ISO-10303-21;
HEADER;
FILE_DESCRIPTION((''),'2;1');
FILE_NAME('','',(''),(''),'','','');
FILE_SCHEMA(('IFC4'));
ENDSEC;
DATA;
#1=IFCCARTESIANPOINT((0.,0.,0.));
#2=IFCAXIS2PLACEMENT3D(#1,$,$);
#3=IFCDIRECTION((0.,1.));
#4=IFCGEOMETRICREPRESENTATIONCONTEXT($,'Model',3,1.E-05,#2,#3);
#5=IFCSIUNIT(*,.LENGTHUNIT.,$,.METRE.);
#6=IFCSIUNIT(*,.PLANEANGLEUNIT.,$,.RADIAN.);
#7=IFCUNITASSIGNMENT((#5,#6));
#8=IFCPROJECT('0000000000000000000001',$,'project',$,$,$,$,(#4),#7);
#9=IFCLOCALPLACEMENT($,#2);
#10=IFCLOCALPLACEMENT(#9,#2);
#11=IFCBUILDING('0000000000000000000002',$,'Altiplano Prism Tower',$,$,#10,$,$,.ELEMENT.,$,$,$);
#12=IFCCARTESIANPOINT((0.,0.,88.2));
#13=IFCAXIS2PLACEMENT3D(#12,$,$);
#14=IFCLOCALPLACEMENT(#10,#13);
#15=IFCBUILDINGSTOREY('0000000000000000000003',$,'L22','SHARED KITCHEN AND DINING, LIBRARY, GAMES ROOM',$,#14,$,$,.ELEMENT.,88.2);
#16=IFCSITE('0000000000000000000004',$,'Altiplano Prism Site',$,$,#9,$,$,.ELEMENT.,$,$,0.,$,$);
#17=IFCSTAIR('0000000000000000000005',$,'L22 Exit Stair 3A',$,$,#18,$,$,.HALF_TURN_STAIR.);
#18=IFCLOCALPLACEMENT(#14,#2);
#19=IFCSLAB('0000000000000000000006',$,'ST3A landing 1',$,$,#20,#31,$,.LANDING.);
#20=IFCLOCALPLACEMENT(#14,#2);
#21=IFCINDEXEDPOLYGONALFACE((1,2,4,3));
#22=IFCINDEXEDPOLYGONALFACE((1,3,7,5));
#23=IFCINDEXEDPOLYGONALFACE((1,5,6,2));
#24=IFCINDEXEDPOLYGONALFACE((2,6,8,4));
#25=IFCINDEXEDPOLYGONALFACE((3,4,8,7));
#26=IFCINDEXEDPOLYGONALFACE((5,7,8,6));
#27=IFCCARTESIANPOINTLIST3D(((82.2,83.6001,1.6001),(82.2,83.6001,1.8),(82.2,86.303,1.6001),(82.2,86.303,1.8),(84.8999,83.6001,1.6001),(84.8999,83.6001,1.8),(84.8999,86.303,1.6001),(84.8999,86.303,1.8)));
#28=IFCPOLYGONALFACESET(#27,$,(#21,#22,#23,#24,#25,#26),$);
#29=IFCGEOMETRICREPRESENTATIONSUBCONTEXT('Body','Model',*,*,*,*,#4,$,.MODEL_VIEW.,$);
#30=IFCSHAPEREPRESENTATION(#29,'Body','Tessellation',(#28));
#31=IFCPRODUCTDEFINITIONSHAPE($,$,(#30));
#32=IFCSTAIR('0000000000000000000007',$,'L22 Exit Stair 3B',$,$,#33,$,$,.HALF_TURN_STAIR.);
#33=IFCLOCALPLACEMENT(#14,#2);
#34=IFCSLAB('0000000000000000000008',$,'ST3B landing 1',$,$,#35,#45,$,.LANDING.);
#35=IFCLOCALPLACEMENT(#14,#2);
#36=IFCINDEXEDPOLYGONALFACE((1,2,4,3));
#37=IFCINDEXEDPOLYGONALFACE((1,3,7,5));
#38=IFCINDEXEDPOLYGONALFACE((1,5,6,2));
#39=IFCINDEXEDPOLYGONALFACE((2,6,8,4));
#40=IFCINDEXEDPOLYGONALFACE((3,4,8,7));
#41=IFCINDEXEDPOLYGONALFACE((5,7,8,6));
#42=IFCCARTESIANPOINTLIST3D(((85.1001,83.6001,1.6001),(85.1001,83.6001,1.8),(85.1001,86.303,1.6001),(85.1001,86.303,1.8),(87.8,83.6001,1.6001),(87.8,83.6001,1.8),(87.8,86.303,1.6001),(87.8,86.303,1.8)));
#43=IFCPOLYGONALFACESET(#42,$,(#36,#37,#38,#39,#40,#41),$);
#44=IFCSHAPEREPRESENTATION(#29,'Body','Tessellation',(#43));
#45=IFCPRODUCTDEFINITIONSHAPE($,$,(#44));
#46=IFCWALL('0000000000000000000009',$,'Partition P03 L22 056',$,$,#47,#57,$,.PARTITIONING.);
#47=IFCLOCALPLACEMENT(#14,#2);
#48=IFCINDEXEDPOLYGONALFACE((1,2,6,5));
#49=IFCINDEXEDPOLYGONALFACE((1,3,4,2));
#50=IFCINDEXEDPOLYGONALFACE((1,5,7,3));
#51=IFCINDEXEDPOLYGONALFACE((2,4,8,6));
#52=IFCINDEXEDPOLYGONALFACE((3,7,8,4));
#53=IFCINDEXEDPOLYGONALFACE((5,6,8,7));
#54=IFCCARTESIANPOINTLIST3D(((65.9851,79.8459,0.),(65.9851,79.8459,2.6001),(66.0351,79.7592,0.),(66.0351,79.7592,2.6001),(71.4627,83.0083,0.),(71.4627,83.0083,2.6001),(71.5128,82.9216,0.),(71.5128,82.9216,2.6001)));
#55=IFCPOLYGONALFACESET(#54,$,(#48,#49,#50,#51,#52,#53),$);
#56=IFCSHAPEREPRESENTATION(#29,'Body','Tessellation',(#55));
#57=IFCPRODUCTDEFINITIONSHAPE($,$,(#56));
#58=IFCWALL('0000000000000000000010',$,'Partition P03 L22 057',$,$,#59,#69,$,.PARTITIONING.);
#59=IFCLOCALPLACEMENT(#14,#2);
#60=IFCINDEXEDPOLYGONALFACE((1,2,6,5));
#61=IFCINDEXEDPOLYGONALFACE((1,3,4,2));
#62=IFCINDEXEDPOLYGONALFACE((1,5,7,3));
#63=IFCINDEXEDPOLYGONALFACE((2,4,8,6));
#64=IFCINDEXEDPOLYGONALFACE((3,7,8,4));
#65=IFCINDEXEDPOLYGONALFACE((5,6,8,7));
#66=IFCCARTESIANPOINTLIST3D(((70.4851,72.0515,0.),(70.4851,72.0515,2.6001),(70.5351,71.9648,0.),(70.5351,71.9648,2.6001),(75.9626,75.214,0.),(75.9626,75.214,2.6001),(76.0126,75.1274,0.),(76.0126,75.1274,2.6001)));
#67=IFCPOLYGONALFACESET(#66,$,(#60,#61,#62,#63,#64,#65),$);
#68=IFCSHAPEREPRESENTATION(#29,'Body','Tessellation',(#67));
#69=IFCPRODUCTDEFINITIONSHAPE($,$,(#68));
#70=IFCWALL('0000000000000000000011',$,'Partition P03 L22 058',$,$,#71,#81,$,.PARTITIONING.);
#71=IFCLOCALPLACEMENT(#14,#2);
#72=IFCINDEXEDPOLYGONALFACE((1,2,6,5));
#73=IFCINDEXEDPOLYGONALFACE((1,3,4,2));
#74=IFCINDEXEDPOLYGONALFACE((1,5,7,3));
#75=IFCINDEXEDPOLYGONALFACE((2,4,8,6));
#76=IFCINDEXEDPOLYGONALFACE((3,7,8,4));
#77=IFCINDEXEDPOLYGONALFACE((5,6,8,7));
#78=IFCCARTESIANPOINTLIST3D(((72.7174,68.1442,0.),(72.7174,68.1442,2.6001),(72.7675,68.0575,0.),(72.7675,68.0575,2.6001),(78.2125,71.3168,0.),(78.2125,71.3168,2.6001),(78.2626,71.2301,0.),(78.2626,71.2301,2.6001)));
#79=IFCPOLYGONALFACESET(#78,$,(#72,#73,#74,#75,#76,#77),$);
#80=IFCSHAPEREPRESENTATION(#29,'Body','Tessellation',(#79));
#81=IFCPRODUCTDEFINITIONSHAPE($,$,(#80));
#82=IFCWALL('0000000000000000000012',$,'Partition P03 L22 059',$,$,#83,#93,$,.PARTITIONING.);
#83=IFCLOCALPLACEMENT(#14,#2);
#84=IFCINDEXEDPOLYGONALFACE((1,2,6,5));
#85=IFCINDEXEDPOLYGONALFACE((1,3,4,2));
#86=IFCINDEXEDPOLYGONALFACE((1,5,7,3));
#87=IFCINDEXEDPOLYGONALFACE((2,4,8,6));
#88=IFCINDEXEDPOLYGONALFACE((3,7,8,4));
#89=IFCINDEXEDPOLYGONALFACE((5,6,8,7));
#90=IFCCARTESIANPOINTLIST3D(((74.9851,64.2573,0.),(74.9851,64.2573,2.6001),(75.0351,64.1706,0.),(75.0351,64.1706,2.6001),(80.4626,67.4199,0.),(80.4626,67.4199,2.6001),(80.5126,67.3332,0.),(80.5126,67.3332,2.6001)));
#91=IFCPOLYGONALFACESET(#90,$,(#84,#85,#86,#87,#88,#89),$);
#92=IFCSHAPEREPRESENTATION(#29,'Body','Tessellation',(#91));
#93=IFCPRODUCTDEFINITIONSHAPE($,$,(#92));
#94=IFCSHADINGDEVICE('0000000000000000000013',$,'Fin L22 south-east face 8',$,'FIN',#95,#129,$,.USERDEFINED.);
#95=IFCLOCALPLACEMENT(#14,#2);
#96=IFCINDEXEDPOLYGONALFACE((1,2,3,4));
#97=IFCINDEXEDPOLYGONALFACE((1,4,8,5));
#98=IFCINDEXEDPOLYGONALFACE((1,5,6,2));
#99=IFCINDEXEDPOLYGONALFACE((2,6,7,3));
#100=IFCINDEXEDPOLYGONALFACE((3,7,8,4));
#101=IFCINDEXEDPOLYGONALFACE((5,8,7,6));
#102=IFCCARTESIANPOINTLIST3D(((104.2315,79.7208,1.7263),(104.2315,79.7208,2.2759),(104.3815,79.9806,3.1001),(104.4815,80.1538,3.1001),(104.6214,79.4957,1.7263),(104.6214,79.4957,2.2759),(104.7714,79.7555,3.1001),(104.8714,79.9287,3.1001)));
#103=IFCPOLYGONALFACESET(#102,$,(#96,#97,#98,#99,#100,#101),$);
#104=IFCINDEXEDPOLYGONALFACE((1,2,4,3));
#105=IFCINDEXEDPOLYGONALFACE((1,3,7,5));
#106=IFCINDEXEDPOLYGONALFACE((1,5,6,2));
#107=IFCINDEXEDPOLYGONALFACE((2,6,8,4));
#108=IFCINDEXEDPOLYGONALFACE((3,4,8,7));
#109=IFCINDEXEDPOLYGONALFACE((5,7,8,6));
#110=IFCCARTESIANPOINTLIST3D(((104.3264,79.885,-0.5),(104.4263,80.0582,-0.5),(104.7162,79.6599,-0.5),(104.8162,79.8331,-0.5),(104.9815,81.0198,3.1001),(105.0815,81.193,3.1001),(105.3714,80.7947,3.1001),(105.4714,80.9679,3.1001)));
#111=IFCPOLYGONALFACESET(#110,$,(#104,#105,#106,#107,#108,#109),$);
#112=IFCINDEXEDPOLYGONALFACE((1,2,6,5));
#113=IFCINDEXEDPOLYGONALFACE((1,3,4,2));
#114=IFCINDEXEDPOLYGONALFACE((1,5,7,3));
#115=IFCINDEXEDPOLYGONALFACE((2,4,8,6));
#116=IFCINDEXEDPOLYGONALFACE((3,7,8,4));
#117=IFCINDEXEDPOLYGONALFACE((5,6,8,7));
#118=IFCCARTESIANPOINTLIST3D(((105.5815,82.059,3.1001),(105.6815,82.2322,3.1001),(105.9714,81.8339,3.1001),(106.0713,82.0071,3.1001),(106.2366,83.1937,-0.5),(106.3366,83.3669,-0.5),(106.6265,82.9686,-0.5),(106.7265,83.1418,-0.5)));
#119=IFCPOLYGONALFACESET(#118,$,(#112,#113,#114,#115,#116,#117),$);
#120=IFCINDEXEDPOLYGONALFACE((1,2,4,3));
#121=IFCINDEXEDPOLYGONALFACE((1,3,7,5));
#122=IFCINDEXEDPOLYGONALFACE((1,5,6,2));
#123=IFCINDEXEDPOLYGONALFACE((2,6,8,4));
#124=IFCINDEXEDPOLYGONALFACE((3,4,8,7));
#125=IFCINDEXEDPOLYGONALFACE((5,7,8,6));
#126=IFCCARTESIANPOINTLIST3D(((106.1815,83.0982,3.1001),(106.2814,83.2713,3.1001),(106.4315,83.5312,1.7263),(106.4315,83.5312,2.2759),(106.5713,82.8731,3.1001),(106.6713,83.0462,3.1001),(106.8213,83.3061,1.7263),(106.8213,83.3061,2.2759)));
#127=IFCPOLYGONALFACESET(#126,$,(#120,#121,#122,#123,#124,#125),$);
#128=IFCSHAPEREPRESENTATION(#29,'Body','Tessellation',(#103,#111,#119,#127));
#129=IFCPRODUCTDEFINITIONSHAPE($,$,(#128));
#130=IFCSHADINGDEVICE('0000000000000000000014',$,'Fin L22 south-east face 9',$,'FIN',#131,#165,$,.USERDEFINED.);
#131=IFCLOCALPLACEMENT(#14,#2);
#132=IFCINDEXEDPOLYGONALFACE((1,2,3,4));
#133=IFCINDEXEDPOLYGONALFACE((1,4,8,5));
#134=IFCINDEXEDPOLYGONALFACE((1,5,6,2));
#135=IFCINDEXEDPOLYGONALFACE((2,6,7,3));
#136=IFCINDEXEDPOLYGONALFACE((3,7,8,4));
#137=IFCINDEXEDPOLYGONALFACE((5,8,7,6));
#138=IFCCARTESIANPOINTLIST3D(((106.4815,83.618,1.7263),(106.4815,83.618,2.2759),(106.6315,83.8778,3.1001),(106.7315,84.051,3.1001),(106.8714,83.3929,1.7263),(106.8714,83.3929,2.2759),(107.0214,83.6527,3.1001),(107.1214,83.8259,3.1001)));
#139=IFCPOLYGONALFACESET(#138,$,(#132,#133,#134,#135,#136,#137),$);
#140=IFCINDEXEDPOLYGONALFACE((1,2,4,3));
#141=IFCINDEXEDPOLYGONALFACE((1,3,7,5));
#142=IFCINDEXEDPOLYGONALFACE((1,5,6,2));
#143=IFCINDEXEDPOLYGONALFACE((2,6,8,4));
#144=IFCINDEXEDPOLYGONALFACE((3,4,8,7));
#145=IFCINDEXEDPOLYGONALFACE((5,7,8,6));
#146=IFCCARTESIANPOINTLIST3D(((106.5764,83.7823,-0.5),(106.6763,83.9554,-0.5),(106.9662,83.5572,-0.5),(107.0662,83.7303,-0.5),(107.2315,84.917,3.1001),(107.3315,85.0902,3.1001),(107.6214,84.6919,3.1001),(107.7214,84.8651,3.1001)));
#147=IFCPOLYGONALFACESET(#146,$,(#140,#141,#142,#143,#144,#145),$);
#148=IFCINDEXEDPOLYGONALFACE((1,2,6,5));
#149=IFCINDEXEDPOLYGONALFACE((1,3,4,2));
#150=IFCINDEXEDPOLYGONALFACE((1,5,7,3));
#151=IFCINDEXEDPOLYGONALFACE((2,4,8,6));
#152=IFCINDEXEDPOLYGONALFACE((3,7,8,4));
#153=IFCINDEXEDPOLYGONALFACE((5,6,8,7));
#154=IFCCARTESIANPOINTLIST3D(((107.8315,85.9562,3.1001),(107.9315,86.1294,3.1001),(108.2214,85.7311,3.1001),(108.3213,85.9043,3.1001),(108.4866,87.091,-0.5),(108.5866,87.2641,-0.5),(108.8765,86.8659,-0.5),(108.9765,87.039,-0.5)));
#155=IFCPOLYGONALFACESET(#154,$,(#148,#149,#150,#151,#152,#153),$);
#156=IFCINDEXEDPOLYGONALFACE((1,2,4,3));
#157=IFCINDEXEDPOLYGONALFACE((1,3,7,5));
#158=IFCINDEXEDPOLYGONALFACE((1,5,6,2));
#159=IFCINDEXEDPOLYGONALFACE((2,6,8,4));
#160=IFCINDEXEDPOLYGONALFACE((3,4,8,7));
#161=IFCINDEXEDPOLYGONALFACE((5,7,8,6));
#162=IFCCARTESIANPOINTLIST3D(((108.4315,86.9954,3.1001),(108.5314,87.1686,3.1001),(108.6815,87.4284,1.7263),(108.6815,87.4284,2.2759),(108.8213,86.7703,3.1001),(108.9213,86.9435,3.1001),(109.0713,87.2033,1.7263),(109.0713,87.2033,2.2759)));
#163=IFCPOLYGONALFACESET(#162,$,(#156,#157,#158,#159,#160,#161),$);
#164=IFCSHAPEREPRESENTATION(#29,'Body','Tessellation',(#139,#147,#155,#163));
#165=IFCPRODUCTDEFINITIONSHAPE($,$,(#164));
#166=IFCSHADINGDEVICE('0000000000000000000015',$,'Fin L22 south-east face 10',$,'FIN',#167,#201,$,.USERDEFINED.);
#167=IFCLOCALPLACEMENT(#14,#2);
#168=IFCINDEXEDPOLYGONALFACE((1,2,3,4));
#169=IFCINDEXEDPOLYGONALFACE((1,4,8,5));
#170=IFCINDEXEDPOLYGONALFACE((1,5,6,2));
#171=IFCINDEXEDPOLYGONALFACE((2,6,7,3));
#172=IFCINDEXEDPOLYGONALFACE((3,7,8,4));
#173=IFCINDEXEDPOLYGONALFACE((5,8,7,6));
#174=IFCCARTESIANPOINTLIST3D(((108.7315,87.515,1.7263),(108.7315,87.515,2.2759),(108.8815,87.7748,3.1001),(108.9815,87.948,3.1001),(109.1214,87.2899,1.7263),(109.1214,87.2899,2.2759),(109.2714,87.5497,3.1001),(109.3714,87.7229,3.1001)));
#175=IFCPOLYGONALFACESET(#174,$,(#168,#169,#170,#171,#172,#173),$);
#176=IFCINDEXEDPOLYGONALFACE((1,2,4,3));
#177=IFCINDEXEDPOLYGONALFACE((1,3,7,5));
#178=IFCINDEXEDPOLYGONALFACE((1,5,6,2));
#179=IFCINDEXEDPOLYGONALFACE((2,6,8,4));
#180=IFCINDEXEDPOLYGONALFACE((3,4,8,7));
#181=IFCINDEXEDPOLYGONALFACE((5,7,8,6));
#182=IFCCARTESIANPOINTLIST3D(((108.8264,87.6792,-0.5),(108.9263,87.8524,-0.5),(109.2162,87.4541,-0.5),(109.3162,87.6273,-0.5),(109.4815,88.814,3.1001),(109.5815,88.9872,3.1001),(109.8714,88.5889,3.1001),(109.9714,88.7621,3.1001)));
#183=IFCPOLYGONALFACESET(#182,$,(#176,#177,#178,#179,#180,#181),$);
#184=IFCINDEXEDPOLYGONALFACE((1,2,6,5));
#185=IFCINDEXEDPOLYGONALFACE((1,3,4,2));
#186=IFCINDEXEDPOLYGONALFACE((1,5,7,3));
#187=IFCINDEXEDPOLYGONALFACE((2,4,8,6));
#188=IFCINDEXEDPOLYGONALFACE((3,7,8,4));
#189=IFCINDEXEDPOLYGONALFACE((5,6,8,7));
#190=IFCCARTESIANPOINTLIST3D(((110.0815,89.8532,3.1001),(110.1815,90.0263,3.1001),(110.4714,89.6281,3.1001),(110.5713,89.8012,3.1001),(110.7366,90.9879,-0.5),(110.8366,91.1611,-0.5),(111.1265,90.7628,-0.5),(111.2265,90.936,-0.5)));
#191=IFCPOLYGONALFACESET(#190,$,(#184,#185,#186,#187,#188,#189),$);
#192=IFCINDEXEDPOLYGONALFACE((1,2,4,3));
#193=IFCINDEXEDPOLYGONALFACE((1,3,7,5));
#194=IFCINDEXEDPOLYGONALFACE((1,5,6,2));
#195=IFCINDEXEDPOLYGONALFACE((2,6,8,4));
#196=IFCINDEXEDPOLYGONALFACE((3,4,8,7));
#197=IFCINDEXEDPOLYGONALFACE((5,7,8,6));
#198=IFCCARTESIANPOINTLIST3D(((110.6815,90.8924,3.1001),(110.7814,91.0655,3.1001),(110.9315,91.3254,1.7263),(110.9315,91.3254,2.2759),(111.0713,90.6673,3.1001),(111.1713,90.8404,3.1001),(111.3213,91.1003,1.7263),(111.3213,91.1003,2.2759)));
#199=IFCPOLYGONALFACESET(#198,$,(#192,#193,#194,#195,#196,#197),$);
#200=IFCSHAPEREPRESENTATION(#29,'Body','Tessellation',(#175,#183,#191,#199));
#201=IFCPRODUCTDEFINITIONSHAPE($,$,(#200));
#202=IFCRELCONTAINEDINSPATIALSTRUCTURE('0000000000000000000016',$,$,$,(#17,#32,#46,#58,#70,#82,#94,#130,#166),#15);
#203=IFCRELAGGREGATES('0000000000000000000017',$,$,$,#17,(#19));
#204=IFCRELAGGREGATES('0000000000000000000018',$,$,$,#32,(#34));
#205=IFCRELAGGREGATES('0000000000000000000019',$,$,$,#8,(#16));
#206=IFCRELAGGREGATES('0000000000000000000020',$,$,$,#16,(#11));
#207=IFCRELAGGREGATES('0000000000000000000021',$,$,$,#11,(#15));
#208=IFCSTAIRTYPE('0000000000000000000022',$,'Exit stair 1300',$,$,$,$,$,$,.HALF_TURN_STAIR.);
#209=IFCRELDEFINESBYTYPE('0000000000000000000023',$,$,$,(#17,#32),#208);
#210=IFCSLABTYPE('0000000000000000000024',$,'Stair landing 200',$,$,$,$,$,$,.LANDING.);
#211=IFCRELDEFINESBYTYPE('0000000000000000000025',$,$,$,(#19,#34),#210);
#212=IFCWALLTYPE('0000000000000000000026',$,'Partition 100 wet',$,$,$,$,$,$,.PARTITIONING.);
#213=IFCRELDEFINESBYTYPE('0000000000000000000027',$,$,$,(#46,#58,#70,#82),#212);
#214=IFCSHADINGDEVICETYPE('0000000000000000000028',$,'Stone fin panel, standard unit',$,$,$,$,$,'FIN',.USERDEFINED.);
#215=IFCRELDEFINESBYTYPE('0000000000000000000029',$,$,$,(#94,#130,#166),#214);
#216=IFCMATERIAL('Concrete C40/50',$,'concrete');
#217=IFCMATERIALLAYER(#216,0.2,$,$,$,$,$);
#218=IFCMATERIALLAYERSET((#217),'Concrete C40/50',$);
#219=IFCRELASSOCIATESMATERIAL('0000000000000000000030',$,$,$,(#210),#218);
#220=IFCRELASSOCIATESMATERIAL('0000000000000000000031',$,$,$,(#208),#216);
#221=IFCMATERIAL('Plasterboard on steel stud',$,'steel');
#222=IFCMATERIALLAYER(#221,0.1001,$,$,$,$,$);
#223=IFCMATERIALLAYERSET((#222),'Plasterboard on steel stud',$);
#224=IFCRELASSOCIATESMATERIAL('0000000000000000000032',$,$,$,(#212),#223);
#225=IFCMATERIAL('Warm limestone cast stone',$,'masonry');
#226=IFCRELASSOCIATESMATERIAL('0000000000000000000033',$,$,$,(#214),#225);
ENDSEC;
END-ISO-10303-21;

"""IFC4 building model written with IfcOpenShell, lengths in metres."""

from ifc_helpers import new_model, si_unit, direction, frame, frame_2d, origin, place, context, subcontext, project, spatial, polyline, rectangle, outline, extrude, source, transform, mapped, material, layer, layer_set, type_object, element, aggregate, save


model = new_model("IFC4")

# Units and contexts
model_context = context("Model", 3, precision=1e-05, world=origin(), true_north=direction((0.0, 1.0)))
body_context = subcontext(model_context, "Body", "Model", "MODEL_VIEW")
ifc_project = project(units=[si_unit("LENGTHUNIT", "METRE"), si_unit("PLANEANGLEUNIT", "RADIAN")], contexts=[model_context])

# Site, building, storey
site_placement = place(None, origin())
site = spatial("IfcSite", under=ifc_project, at=site_placement, Name="Altiplano Prism Site", CompositionType="ELEMENT", RefElevation=0.0)
building_placement = place(site_placement, origin())
building = spatial("IfcBuilding", under=site, at=building_placement, Name="Altiplano Prism Tower", CompositionType="ELEMENT")
storey_placement = place(building_placement, frame((0.0, 0.0, 88.2)))
storey = spatial("IfcBuildingStorey", under=building, at=storey_placement, Name="L22", Description="SHARED KITCHEN AND DINING, LIBRARY, GAMES ROOM", CompositionType="ELEMENT", Elevation=88.2)

# Shared definitions
ifc_material_1 = material(Name="Concrete C40/50", Category="concrete")

# Stairs, slabs
ifc_layer_1 = layer(ifc_material_1, 0.2)
ifc_layer_set_1 = layer_set([ifc_layer_1], Name="Concrete C40/50")
slab_type_1 = type_object("IfcSlabType", Name="Stair landing 200", PredefinedType="LANDING", material=ifc_layer_set_1)
stair_type_1 = type_object("IfcStairType", Name="Exit stair 1300", PredefinedType="HALF_TURN_STAIR", material=ifc_material_1)
stair_1_placement = place(storey_placement, origin())
stair_1 = element("IfcStair", 1, at=stair_1_placement, inside=storey, type_object=stair_type_1, Name="L22 Exit Stair 3A", PredefinedType="HALF_TURN_STAIR")
slab_1_placement = place(storey_placement, frame((0.0, 0.0, 1.6001)))
slab_1 = element("IfcSlab", 2, at=slab_1_placement, type_object=slab_type_1, Name="ST3A landing 1", PredefinedType="LANDING", context=body_context, shape_type="SweptSolid", body=[
    extrude(outline(polyline([(82.2, 86.303), (82.2, 83.6001), (84.8999, 83.6001), (84.8999, 86.303), (82.2, 86.303)])), origin(), (0.0, 0.0, 1.0), 0.2),
])
aggregate(stair_1, [slab_1])
stair_2_placement = place(storey_placement, origin())
stair_2 = element("IfcStair", 3, at=stair_2_placement, inside=storey, type_object=stair_type_1, Name="L22 Exit Stair 3B", PredefinedType="HALF_TURN_STAIR")
slab_2_placement = place(storey_placement, frame((0.0, 0.0, 1.6001)))
slab_2 = element("IfcSlab", 4, at=slab_2_placement, type_object=slab_type_1, Name="ST3B landing 1", PredefinedType="LANDING", context=body_context, shape_type="SweptSolid", body=[
    extrude(outline(polyline([(85.1001, 86.303), (85.1001, 83.6001), (87.8, 83.6001), (87.8, 86.303), (85.1001, 86.303)])), origin(), (0.0, 0.0, 1.0), 0.2),
])
aggregate(stair_2, [slab_2])

# Walls
ifc_material_2 = material(Name="Plasterboard on steel stud", Category="steel")
ifc_layer_2 = layer(ifc_material_2, 0.1001)
ifc_layer_set_2 = layer_set([ifc_layer_2], Name="Plasterboard on steel stud")
wall_type = type_object("IfcWallType", Name="Partition 100 wet", PredefinedType="PARTITIONING", material=ifc_layer_set_2)
for number, where, z_axis, x_axis, name in (
    (5, (66.01, 79.8025, 0.0), (0.0, 0.0, 1.0), (0.866033, 0.499988, 0.0), "Partition P03 L22 056"),
    (6, (70.51, 72.0081, 0.0), (0.0, 0.0, 1.0), (0.866016, 0.500016, 0.0), "Partition P03 L22 057"),
):
    element("IfcWall", number, at=place(storey_placement, frame(where, z_axis=z_axis, x_axis=x_axis)), inside=storey, type_object=wall_type, Name=name, PredefinedType="PARTITIONING", context=body_context, shape_type="SweptSolid", body=[
        extrude(rectangle(XDim=6.325, YDim=0.1001, at=frame_2d((3.1626, 0.0))), origin(), (0.0, 0.0, 1.0), 2.6001),
    ])
wall_1_placement = place(storey_placement, frame((72.7424, 68.1008, 0.0), z_axis=(0.0, 0.0, 1.0), x_axis=(0.866025, 0.5, 0.0)))
element("IfcWall", 7, at=wall_1_placement, inside=storey, type_object=wall_type, Name="Partition P03 L22 058", PredefinedType="PARTITIONING", context=body_context, shape_type="SweptSolid", body=[
    extrude(rectangle(XDim=6.3452, YDim=0.1001, at=frame_2d((3.1726, 0.0))), origin(), (0.0, 0.0, 1.0), 2.6001),
])
wall_2_placement = place(storey_placement, frame((75.01, 64.2139, 0.0), z_axis=(0.0, 0.0, 1.0), x_axis=(0.866016, 0.500016, 0.0)))
element("IfcWall", 8, at=wall_2_placement, inside=storey, type_object=wall_type, Name="Partition P03 L22 059", PredefinedType="PARTITIONING", context=body_context, shape_type="SweptSolid", body=[
    extrude(rectangle(XDim=6.325, YDim=0.1001, at=frame_2d((3.1626, 0.0))), origin(), (0.0, 0.0, 1.0), 2.6001),
])

# Shading devices
ifc_material_3 = material(Name="Warm limestone cast stone", Category="masonry")
shading_device_type_1 = type_object("IfcShadingDeviceType", Name="Stone fin panel, standard unit", ElementType="FIN", PredefinedType="USERDEFINED", material=ifc_material_3)
shared_shape_1 = source(origin(), body_context, "Body", "SweptSolid", [
    extrude(outline(polyline([(-2.2, 2.2263), (-1.7, 3.6001), (-1.8999, 3.6001), (-2.2, 2.7759), (-2.2, 2.2263)])), frame((0.0, -0.1499, 0.0), z_axis=(0.0, -1.0, 0.0), x_axis=(1.0, 0.0, 0.0)), (0.0, 0.0, 1.0), 0.4502),
    extrude(outline(polyline([(-2.0103, 0.0), (-1.8103, 0.0), (-0.5, 3.6001), (-0.7, 3.6001), (-2.0103, 0.0)])), frame((0.0, -0.1499, 0.0), z_axis=(0.0, -1.0, 0.0), x_axis=(1.0, 0.0, 0.0)), (0.0, 0.0, 1.0), 0.4502),
    extrude(outline(polyline([(1.8103, 0.0), (2.0103, 0.0), (0.7, 3.6001), (0.5, 3.6001), (1.8103, 0.0)])), frame((0.0, -0.1499, 0.0), z_axis=(0.0, -1.0, 0.0), x_axis=(1.0, 0.0, 0.0)), (0.0, 0.0, 1.0), 0.4502),
    extrude(outline(polyline([(2.2, 2.7759), (1.8999, 3.6001), (1.7, 3.6001), (2.2, 2.2263), (2.2, 2.7759)])), frame((0.0, -0.1499, 0.0), z_axis=(0.0, -1.0, 0.0), x_axis=(1.0, 0.0, 0.0)), (0.0, 0.0, 1.0), 0.4502),
])
shading_device_1_placement = place(storey_placement, origin())
element("IfcShadingDevice", 9, at=shading_device_1_placement, inside=storey, type_object=shading_device_type_1, Name="Fin L22 south-east face 8", ObjectType="FIN", PredefinedType="USERDEFINED", context=body_context, shape_type="MappedRepresentation", body=[
    mapped(shared_shape_1, transform((105.2017, 81.7009, -0.5), x_axis=(0.5, 0.866025, 0.0), y_axis=(-0.866025, 0.5, 0.0), z_axis=(0.0, 0.0, 1.0))),
])
shading_device_2_placement = place(storey_placement, origin())
element("IfcShadingDevice", 10, at=shading_device_2_placement, inside=storey, type_object=shading_device_type_1, Name="Fin L22 south-east face 9", ObjectType="FIN", PredefinedType="USERDEFINED", context=body_context, shape_type="MappedRepresentation", body=[
    mapped(shared_shape_1, transform((107.4517, 85.5981, -0.5), x_axis=(0.5, 0.866025, 0.0), y_axis=(-0.866025, 0.5, 0.0), z_axis=(0.0, 0.0, 1.0))),
])
shading_device_3_placement = place(storey_placement, origin())
element("IfcShadingDevice", 11, at=shading_device_3_placement, inside=storey, type_object=shading_device_type_1, Name="Fin L22 south-east face 10", ObjectType="FIN", PredefinedType="USERDEFINED", context=body_context, shape_type="MappedRepresentation", body=[
    mapped(shared_shape_1, transform((109.7017, 89.4951, -0.5), x_axis=(0.5, 0.866025, 0.0), y_axis=(-0.866025, 0.5, 0.0), z_axis=(0.0, 0.0, 1.0))),
])

save(model, "model.ifc")
